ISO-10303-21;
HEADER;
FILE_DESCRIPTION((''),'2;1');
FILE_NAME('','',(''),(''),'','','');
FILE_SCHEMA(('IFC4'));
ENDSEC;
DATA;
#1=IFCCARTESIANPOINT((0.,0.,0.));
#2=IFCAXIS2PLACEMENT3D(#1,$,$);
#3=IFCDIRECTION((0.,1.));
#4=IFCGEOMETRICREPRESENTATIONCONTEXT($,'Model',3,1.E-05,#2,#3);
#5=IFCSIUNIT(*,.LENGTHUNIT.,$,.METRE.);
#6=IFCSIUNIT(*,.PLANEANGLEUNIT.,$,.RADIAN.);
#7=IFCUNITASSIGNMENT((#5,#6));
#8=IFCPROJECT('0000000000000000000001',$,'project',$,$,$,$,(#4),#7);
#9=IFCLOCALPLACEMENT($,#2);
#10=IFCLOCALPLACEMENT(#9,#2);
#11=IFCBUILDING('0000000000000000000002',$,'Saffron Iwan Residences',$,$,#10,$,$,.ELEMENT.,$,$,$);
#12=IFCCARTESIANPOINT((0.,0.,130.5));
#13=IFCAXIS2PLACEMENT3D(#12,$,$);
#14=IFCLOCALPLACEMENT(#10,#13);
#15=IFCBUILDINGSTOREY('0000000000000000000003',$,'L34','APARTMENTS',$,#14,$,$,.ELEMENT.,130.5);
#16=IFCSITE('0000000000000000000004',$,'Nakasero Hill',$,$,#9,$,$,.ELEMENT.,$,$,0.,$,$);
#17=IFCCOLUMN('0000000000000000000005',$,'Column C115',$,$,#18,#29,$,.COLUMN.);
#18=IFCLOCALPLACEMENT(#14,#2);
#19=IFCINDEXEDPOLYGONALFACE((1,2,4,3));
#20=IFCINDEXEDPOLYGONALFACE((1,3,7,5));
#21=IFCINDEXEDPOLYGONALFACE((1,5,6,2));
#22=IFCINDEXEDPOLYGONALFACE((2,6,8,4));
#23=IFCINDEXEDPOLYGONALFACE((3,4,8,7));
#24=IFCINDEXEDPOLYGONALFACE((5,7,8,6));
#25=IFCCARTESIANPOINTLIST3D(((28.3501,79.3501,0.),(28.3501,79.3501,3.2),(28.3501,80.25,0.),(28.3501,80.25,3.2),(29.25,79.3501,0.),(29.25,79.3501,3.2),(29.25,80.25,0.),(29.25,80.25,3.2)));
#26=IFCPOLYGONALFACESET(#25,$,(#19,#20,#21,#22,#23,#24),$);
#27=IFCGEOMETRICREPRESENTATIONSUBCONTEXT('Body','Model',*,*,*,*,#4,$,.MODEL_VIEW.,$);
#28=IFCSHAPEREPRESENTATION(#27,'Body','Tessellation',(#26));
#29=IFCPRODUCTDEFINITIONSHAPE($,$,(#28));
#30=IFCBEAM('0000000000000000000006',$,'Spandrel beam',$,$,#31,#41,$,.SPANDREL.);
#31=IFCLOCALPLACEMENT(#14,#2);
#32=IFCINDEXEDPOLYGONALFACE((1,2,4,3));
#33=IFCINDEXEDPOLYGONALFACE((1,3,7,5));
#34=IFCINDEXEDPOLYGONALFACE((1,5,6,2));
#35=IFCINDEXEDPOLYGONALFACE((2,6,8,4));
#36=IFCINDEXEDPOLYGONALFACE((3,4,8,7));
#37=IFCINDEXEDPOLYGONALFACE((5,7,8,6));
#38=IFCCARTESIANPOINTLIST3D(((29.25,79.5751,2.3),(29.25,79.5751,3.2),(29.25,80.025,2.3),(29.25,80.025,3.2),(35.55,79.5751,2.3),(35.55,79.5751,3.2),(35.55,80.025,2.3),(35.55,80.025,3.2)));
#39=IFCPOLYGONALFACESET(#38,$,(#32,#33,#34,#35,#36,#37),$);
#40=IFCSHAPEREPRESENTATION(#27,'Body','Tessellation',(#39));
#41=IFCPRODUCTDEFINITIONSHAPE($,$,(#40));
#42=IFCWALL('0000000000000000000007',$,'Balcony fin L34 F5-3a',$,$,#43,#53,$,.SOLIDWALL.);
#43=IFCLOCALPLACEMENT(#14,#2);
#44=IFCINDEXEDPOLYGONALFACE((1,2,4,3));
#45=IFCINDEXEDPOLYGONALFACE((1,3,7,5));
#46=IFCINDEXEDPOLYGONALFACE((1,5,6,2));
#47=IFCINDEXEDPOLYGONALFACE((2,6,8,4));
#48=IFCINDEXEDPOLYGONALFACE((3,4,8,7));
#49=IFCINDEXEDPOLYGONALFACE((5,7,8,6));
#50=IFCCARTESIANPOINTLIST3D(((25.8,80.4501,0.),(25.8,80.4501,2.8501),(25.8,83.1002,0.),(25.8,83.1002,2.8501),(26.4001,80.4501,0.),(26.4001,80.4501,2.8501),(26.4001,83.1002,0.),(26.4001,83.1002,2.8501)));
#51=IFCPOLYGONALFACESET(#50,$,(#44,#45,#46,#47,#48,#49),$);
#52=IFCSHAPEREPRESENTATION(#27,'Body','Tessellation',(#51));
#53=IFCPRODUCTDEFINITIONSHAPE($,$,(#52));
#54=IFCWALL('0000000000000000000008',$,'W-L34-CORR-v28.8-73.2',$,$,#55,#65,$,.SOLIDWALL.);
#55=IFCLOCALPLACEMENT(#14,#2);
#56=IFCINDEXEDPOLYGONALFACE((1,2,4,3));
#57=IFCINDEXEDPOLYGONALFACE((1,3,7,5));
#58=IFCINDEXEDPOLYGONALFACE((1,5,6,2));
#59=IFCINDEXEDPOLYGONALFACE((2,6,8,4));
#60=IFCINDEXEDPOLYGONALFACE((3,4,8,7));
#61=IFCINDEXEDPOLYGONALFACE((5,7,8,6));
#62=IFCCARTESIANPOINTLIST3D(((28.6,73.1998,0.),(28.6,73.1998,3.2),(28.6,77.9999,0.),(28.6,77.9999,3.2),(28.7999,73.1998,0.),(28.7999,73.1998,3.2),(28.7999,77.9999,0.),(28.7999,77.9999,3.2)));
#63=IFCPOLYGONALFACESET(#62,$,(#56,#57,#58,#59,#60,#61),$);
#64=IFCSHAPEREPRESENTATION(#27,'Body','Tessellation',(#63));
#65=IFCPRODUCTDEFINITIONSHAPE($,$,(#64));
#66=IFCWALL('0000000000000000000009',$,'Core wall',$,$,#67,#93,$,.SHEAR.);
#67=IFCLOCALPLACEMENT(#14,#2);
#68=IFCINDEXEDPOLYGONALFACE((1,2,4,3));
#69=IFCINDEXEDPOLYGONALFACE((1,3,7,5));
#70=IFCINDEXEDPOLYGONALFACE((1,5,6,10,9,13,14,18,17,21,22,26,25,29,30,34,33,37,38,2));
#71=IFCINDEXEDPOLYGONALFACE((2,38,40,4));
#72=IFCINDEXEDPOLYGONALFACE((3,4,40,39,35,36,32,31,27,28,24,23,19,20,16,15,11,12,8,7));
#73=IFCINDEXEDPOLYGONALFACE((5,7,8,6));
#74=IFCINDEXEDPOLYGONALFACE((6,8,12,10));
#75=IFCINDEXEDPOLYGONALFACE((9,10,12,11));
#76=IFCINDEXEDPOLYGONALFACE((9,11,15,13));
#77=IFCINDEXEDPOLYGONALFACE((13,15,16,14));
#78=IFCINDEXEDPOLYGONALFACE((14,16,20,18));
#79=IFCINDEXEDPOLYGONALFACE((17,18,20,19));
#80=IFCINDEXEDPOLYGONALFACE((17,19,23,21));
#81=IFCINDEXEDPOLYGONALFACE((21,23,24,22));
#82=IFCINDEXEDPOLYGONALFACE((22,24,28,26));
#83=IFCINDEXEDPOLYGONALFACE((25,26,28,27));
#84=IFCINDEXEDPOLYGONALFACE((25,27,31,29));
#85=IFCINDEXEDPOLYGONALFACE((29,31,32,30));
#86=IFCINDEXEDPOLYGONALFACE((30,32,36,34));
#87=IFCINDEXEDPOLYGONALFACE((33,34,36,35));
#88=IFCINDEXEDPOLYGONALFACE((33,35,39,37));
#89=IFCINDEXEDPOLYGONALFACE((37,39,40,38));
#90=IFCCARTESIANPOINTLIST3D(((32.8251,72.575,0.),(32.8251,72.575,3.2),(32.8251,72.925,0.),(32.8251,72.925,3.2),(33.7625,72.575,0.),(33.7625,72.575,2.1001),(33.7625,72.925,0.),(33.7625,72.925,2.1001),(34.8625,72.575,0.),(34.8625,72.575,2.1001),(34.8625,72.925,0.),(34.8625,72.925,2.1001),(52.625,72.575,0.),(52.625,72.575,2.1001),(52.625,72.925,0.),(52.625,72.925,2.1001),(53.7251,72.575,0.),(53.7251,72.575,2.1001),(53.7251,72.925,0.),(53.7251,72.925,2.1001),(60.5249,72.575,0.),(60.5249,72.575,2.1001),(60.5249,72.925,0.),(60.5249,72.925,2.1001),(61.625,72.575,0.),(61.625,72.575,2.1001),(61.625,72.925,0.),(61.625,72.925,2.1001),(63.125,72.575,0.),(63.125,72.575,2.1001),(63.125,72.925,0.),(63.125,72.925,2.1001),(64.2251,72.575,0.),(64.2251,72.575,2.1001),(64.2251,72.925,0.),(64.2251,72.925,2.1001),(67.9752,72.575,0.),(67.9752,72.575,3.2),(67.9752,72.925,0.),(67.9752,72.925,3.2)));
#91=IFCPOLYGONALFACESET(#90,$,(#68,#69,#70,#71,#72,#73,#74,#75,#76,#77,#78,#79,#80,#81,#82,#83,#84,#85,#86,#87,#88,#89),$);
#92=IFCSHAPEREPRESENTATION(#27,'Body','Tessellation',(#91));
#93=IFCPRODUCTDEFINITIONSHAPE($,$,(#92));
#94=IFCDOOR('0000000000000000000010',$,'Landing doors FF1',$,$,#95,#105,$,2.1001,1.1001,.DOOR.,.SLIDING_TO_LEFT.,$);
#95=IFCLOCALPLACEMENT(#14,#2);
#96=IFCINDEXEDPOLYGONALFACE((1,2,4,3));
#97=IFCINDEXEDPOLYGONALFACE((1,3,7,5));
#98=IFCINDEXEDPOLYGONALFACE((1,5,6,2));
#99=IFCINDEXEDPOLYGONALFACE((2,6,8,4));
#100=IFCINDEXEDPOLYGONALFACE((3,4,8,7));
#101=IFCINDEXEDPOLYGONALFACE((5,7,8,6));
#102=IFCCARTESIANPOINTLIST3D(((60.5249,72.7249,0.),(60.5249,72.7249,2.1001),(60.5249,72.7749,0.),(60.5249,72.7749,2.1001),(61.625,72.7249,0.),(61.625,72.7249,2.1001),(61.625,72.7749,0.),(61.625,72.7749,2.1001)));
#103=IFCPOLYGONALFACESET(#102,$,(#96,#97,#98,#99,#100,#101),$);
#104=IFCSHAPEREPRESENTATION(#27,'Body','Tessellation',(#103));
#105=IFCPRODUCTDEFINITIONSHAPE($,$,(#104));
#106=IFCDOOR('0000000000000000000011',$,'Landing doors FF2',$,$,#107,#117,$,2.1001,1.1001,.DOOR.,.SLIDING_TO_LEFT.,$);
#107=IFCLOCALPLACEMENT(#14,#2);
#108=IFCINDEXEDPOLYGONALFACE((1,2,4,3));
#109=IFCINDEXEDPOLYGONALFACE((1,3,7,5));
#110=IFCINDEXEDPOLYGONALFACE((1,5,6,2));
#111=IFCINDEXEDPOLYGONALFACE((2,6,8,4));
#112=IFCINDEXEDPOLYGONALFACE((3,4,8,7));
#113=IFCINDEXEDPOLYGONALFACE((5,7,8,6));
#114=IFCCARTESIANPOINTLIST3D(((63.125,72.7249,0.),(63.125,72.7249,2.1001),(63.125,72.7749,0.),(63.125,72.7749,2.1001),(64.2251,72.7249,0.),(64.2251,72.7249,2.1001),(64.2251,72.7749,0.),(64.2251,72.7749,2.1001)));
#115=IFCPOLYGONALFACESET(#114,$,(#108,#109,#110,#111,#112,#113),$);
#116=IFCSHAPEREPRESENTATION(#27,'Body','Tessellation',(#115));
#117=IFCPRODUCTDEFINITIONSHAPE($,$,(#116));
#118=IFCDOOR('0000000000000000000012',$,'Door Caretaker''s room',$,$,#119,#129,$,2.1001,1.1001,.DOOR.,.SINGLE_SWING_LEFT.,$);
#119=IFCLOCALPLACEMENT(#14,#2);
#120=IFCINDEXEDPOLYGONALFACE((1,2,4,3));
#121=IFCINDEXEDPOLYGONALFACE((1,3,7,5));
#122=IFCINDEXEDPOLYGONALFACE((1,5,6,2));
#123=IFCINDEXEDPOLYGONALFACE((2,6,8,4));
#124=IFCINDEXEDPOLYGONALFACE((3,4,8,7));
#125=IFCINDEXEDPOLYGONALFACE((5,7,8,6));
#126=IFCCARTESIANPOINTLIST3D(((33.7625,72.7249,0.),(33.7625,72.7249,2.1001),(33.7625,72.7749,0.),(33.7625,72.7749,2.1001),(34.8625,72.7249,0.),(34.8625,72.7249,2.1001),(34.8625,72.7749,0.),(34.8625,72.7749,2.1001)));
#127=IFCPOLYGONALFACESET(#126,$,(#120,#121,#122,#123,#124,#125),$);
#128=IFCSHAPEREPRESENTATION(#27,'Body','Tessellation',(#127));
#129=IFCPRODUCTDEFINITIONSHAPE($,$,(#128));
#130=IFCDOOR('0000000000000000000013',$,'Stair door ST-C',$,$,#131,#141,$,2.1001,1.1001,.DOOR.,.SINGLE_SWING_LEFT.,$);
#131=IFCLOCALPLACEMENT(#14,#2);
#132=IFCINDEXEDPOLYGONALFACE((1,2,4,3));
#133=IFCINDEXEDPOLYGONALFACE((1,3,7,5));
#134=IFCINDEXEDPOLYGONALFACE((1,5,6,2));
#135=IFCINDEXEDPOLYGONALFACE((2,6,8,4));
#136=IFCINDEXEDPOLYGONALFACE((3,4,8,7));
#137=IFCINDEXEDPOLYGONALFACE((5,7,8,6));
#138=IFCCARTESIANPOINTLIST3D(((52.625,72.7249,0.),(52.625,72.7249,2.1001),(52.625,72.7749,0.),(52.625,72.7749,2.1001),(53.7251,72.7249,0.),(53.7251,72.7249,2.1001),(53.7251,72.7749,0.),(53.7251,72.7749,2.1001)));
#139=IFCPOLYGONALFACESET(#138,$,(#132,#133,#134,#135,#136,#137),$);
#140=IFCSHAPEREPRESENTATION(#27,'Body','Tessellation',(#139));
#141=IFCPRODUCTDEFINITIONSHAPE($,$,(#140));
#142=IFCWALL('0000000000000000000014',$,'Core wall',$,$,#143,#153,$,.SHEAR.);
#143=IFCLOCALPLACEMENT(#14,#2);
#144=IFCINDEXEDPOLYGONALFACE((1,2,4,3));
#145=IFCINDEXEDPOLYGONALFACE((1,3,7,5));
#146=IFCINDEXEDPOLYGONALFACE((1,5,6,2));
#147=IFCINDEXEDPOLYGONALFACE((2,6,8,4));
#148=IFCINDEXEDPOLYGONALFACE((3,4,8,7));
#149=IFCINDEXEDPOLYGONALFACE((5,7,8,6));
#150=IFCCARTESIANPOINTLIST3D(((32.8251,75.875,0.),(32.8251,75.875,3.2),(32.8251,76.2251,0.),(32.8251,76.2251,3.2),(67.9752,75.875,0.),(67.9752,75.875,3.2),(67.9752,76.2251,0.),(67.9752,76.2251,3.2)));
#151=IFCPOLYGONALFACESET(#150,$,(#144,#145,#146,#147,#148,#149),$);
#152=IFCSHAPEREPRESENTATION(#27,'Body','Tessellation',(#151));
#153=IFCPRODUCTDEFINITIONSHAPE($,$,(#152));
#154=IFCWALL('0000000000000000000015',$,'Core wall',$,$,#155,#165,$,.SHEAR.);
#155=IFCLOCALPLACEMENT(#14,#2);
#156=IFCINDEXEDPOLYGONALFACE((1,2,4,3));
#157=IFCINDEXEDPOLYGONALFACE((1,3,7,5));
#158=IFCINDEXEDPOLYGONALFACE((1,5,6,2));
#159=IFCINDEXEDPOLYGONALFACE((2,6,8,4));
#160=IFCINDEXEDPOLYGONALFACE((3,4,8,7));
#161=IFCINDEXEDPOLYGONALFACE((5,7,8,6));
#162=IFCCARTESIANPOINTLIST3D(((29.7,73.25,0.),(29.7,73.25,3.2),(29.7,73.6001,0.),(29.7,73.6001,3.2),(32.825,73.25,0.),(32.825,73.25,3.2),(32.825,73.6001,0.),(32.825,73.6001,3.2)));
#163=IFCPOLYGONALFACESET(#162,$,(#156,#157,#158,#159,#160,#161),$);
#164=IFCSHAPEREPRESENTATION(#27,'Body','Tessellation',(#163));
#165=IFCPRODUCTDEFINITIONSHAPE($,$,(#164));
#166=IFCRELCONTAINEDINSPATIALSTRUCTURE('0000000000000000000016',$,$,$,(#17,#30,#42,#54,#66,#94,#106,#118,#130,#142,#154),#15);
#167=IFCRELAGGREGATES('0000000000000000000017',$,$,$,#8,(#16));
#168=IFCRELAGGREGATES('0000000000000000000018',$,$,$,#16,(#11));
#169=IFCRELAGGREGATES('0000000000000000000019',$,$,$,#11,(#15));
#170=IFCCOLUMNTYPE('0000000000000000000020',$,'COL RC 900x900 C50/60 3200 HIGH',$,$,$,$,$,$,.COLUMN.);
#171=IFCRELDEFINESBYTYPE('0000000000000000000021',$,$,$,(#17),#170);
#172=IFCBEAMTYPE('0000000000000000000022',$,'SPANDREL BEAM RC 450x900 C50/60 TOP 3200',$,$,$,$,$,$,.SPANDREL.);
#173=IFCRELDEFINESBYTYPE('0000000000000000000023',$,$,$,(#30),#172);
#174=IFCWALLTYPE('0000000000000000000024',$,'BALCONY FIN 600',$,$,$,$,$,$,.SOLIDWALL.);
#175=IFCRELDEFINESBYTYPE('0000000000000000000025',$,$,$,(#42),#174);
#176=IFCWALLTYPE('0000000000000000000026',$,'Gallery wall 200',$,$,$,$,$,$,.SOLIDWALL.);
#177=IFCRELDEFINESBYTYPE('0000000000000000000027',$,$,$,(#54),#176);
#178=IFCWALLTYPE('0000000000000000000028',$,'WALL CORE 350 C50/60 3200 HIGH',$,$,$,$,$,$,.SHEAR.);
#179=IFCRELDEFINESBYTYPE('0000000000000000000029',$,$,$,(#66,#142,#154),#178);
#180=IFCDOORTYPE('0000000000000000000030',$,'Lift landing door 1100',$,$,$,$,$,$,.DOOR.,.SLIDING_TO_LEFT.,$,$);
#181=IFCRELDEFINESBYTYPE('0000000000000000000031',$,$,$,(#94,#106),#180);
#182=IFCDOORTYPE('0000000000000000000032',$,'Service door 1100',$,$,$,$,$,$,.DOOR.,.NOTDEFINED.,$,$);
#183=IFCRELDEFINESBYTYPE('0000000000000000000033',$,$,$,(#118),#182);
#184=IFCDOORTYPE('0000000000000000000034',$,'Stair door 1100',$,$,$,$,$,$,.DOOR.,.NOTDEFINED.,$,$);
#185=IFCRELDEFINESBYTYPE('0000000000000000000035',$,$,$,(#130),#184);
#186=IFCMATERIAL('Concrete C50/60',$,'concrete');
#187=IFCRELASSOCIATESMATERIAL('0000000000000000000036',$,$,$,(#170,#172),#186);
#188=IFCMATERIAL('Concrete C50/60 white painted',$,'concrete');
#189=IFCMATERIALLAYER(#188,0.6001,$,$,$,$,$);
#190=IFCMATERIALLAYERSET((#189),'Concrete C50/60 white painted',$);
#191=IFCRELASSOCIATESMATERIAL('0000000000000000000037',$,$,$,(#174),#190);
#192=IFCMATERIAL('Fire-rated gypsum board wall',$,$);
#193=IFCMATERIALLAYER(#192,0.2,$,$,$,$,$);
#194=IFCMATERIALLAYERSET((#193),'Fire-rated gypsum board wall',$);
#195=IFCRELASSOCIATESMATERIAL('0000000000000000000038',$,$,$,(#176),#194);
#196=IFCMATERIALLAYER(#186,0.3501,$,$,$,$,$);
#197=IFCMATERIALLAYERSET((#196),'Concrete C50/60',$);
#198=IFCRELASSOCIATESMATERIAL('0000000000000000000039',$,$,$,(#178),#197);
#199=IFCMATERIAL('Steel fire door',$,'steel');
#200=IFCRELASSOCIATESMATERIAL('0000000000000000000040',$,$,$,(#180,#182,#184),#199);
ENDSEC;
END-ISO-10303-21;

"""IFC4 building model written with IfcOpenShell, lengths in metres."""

from ifc_helpers import new_model, si_unit, direction, frame, frame_2d, origin, origin_2d, place, context, subcontext, project, spatial, rectangle, extrude, source, transform, mapped, material, layer, layer_set, material_profile, profile_set, type_object, element, fill, save


model = new_model("IFC4")

# Units and contexts
model_context = context("Model", 3, precision=1e-05, world=origin(), true_north=direction((0.0, 1.0)))
body_context = subcontext(model_context, "Body", "Model", "MODEL_VIEW")
ifc_project = project(units=[si_unit("LENGTHUNIT", "METRE"), si_unit("PLANEANGLEUNIT", "RADIAN")], contexts=[model_context])

# Site, building, storey
site_placement = place(None, origin())
site = spatial("IfcSite", under=ifc_project, at=site_placement, Name="Nakasero Hill", CompositionType="ELEMENT", RefElevation=0.0)
building_placement = place(site_placement, origin())
building = spatial("IfcBuilding", under=site, at=building_placement, Name="Saffron Iwan Residences", CompositionType="ELEMENT")
storey_placement = place(building_placement, frame((0.0, 0.0, 130.5)))
storey = spatial("IfcBuildingStorey", under=building, at=storey_placement, Name="L34", Description="APARTMENTS", CompositionType="ELEMENT", Elevation=130.5)

# Column
ifc_material_1 = material(Name="Concrete C50/60", Category="concrete")
ifc_material_profile_1 = material_profile(ifc_material_1, rectangle(XDim=0.8999, YDim=0.8999, at=origin_2d()), Name="RC 900x900")
ifc_profile_set_1 = profile_set([ifc_material_profile_1], Name="Concrete C50/60")
column_type = type_object("IfcColumnType", Name="COL RC 900x900 C50/60 3200 HIGH", PredefinedType="COLUMN", material=ifc_profile_set_1)
shared_shape_1 = source(origin(), body_context, "Body", "SweptSolid", [
    extrude(rectangle(XDim=0.8999, YDim=0.8999, at=origin_2d()), origin(), (0.0, 0.0, 1.0), 3.2),
])
column_placement = place(storey_placement, frame((28.8, 79.8, 0.0), z_axis=(0.0, 0.0, 1.0), x_axis=(1.0, 0.0, 0.0)))
element("IfcColumn", 1, at=column_placement, inside=storey, type_object=column_type, Name="Column C115", PredefinedType="COLUMN", context=body_context, shape_type="MappedRepresentation", body=[
    mapped(shared_shape_1, transform((0.0, 0.0, 0.0))),
])

# Beam
ifc_material_profile_2 = material_profile(ifc_material_1, rectangle(XDim=0.45, YDim=0.8999, at=origin_2d()), Name="RC 450x900")
ifc_profile_set_2 = profile_set([ifc_material_profile_2], Name="Concrete C50/60")
beam_type = type_object("IfcBeamType", Name="SPANDREL BEAM RC 450x900 C50/60 TOP 3200", PredefinedType="SPANDREL", material=ifc_profile_set_2)
shared_shape_2 = source(origin(), body_context, "Body", "SweptSolid", [
    extrude(rectangle(XDim=0.45, YDim=0.8999, at=origin_2d()), origin(), (0.0, 0.0, 1.0), 6.3),
])
beam_placement = place(storey_placement, frame((29.25, 79.8, 2.75), z_axis=(1.0, 0.0, 0.0), x_axis=(0.0, 1.0, 0.0)))
element("IfcBeam", 2, at=beam_placement, inside=storey, type_object=beam_type, Name="Spandrel beam", PredefinedType="SPANDREL", context=body_context, shape_type="MappedRepresentation", body=[
    mapped(shared_shape_2, transform((0.0, 0.0, 0.0))),
])

# Walls
ifc_material_2 = material(Name="Concrete C50/60 white painted", Category="concrete")
ifc_layer_1 = layer(ifc_material_2, 0.6001)
ifc_layer_set_1 = layer_set([ifc_layer_1], Name="Concrete C50/60 white painted")
wall_type_1 = type_object("IfcWallType", Name="BALCONY FIN 600", PredefinedType="SOLIDWALL", material=ifc_layer_set_1)
wall_1_placement = place(storey_placement, frame((26.1001, 80.45, 0.0), z_axis=(0.0, 0.0, 1.0), x_axis=(0.0, 1.0, 0.0)))
element("IfcWall", 3, at=wall_1_placement, inside=storey, type_object=wall_type_1, Name="Balcony fin L34 F5-3a", PredefinedType="SOLIDWALL", context=body_context, shape_type="SweptSolid", body=[
    extrude(rectangle(XDim=2.6501, YDim=0.6001, at=frame_2d((1.3252, 0.0))), origin(), (0.0, 0.0, 1.0), 2.8501),
])
ifc_material_3 = material(Name="Fire-rated gypsum board wall")
ifc_layer_2 = layer(ifc_material_3, 0.2)
ifc_layer_set_2 = layer_set([ifc_layer_2], Name="Fire-rated gypsum board wall")
wall_type_2 = type_object("IfcWallType", Name="Gallery wall 200", PredefinedType="SOLIDWALL", material=ifc_layer_set_2)
wall_2_placement = place(storey_placement, frame((28.7, 73.2, 0.0), z_axis=(0.0, 0.0, 1.0), x_axis=(0.0, 1.0, 0.0)))
element("IfcWall", 4, at=wall_2_placement, inside=storey, type_object=wall_type_2, Name="W-L34-CORR-v28.8-73.2", PredefinedType="SOLIDWALL", context=body_context, shape_type="SweptSolid", body=[
    extrude(rectangle(XDim=4.8, YDim=0.2, at=frame_2d((2.3999, 0.0))), origin(), (0.0, 0.0, 1.0), 3.2),
])

# Wall, openings, doors
ifc_layer_3 = layer(ifc_material_1, 0.3501)
ifc_layer_set_3 = layer_set([ifc_layer_3], Name="Concrete C50/60")
wall_type_3 = type_object("IfcWallType", Name="WALL CORE 350 C50/60 3200 HIGH", PredefinedType="SHEAR", material=ifc_layer_set_3)
wall_3_placement = place(storey_placement, frame((32.825, 72.75, 0.0), z_axis=(0.0, 0.0, 1.0), x_axis=(1.0, 0.0, 0.0)))
wall_3 = element("IfcWall", 5, at=wall_3_placement, inside=storey, type_object=wall_type_3, Name="Core wall", PredefinedType="SHEAR", context=body_context, shape_type="SweptSolid", body=[
    extrude(rectangle(XDim=35.1501, YDim=0.3501, at=frame_2d((17.5752, 0.0))), origin(), (0.0, 0.0, 1.0), 3.2),
])
opening_1_placement = place(wall_3_placement, frame((19.8, 0.0, 0.0)))
opening_1 = element("IfcOpeningElement", 6, at=opening_1_placement, cuts=wall_3, PredefinedType="OPENING", context=body_context, shape_type="SweptSolid", body=[
    extrude(rectangle(XDim=1.1001, YDim=2.1001, at=frame_2d((0.55, 1.05))), frame((0.0, 0.1851, 0.0), z_axis=(0.0, -1.0, 0.0), x_axis=(1.0, 0.0, 0.0)), (0.0, 0.0, 1.0), 0.3701),
])
opening_2_placement = place(wall_3_placement, frame((27.7, 0.0, 0.0)))
opening_2 = element("IfcOpeningElement", 7, at=opening_2_placement, cuts=wall_3, PredefinedType="OPENING", context=body_context, shape_type="SweptSolid", body=[
    extrude(rectangle(XDim=1.1001, YDim=2.1001, at=frame_2d((0.55, 1.05))), frame((0.0, 0.1851, 0.0), z_axis=(0.0, -1.0, 0.0), x_axis=(1.0, 0.0, 0.0)), (0.0, 0.0, 1.0), 0.3701),
])
opening_3_placement = place(wall_3_placement, frame((30.3, 0.0, 0.0)))
opening_3 = element("IfcOpeningElement", 8, at=opening_3_placement, cuts=wall_3, PredefinedType="OPENING", context=body_context, shape_type="SweptSolid", body=[
    extrude(rectangle(XDim=1.1001, YDim=2.1001, at=frame_2d((0.55, 1.05))), frame((0.0, 0.1851, 0.0), z_axis=(0.0, -1.0, 0.0), x_axis=(1.0, 0.0, 0.0)), (0.0, 0.0, 1.0), 0.3701),
])
opening_4_placement = place(wall_3_placement, frame((0.9375, 0.0, 0.0)))
opening_4 = element("IfcOpeningElement", 9, at=opening_4_placement, cuts=wall_3, PredefinedType="OPENING", context=body_context, shape_type="SweptSolid", body=[
    extrude(rectangle(XDim=1.1001, YDim=2.1001, at=frame_2d((0.55, 1.05))), frame((0.0, 0.1851, 0.0), z_axis=(0.0, -1.0, 0.0), x_axis=(1.0, 0.0, 0.0)), (0.0, 0.0, 1.0), 0.3701),
])
ifc_material_4 = material(Name="Steel fire door", Category="steel")
door_type_1 = type_object("IfcDoorType", Name="Lift landing door 1100", OperationType="SLIDING_TO_LEFT", PredefinedType="DOOR", material=ifc_material_4)
door_1_placement = place(opening_2_placement, origin())
door_1 = element("IfcDoor", 10, at=door_1_placement, inside=storey, type_object=door_type_1, Name="Landing doors FF1", OperationType="SLIDING_TO_LEFT", OverallHeight=2.1001, OverallWidth=1.1001, PredefinedType="DOOR", context=body_context, shape_type="SweptSolid", body=[
    extrude(rectangle(XDim=1.1001, YDim=2.1001, at=frame_2d((0.55, 1.05))), frame((0.0, 0.0249, 0.0), z_axis=(0.0, -1.0, 0.0), x_axis=(1.0, 0.0, 0.0)), (0.0, 0.0, 1.0), 0.05),
])
fill(opening_2, door_1)
door_2_placement = place(opening_3_placement, origin())
door_2 = element("IfcDoor", 11, at=door_2_placement, inside=storey, type_object=door_type_1, Name="Landing doors FF2", OperationType="SLIDING_TO_LEFT", OverallHeight=2.1001, OverallWidth=1.1001, PredefinedType="DOOR", context=body_context, shape_type="SweptSolid", body=[
    extrude(rectangle(XDim=1.1001, YDim=2.1001, at=frame_2d((0.55, 1.05))), frame((0.0, 0.0249, 0.0), z_axis=(0.0, -1.0, 0.0), x_axis=(1.0, 0.0, 0.0)), (0.0, 0.0, 1.0), 0.05),
])
fill(opening_3, door_2)
door_type_2 = type_object("IfcDoorType", Name="Service door 1100", OperationType="NOTDEFINED", PredefinedType="DOOR", material=ifc_material_4)
door_3_placement = place(opening_4_placement, origin())
door_3 = element("IfcDoor", 12, at=door_3_placement, inside=storey, type_object=door_type_2, Name="Door Caretaker's room", OperationType="SINGLE_SWING_LEFT", OverallHeight=2.1001, OverallWidth=1.1001, PredefinedType="DOOR", context=body_context, shape_type="SweptSolid", body=[
    extrude(rectangle(XDim=1.1001, YDim=2.1001, at=frame_2d((0.55, 1.05))), frame((0.0, 0.0249, 0.0), z_axis=(0.0, -1.0, 0.0), x_axis=(1.0, 0.0, 0.0)), (0.0, 0.0, 1.0), 0.05),
])
fill(opening_4, door_3)
door_type_3 = type_object("IfcDoorType", Name="Stair door 1100", OperationType="NOTDEFINED", PredefinedType="DOOR", material=ifc_material_4)
door_4_placement = place(opening_1_placement, origin())
door_4 = element("IfcDoor", 13, at=door_4_placement, inside=storey, type_object=door_type_3, Name="Stair door ST-C", OperationType="SINGLE_SWING_LEFT", OverallHeight=2.1001, OverallWidth=1.1001, PredefinedType="DOOR", context=body_context, shape_type="SweptSolid", body=[
    extrude(rectangle(XDim=1.1001, YDim=2.1001, at=frame_2d((0.55, 1.05))), frame((0.0, 0.0249, 0.0), z_axis=(0.0, -1.0, 0.0), x_axis=(1.0, 0.0, 0.0)), (0.0, 0.0, 1.0), 0.05),
])
fill(opening_1, door_4)

# Walls
wall_4_placement = place(storey_placement, frame((32.825, 76.05, 0.0), z_axis=(0.0, 0.0, 1.0), x_axis=(1.0, 0.0, 0.0)))
element("IfcWall", 14, at=wall_4_placement, inside=storey, type_object=wall_type_3, Name="Core wall", PredefinedType="SHEAR", context=body_context, shape_type="SweptSolid", body=[
    extrude(rectangle(XDim=35.1501, YDim=0.3501, at=frame_2d((17.5752, 0.0))), origin(), (0.0, 0.0, 1.0), 3.2),
])
wall_5_placement = place(storey_placement, frame((29.7, 73.425, 0.0), z_axis=(0.0, 0.0, 1.0), x_axis=(1.0, 0.0, 0.0)))
element("IfcWall", 15, at=wall_5_placement, inside=storey, type_object=wall_type_3, Name="Core wall", PredefinedType="SHEAR", context=body_context, shape_type="SweptSolid", body=[
    extrude(rectangle(XDim=3.125, YDim=0.3501, at=frame_2d((1.5625, 0.0))), origin(), (0.0, 0.0, 1.0), 3.2),
])

save(model, "model.ifc")
